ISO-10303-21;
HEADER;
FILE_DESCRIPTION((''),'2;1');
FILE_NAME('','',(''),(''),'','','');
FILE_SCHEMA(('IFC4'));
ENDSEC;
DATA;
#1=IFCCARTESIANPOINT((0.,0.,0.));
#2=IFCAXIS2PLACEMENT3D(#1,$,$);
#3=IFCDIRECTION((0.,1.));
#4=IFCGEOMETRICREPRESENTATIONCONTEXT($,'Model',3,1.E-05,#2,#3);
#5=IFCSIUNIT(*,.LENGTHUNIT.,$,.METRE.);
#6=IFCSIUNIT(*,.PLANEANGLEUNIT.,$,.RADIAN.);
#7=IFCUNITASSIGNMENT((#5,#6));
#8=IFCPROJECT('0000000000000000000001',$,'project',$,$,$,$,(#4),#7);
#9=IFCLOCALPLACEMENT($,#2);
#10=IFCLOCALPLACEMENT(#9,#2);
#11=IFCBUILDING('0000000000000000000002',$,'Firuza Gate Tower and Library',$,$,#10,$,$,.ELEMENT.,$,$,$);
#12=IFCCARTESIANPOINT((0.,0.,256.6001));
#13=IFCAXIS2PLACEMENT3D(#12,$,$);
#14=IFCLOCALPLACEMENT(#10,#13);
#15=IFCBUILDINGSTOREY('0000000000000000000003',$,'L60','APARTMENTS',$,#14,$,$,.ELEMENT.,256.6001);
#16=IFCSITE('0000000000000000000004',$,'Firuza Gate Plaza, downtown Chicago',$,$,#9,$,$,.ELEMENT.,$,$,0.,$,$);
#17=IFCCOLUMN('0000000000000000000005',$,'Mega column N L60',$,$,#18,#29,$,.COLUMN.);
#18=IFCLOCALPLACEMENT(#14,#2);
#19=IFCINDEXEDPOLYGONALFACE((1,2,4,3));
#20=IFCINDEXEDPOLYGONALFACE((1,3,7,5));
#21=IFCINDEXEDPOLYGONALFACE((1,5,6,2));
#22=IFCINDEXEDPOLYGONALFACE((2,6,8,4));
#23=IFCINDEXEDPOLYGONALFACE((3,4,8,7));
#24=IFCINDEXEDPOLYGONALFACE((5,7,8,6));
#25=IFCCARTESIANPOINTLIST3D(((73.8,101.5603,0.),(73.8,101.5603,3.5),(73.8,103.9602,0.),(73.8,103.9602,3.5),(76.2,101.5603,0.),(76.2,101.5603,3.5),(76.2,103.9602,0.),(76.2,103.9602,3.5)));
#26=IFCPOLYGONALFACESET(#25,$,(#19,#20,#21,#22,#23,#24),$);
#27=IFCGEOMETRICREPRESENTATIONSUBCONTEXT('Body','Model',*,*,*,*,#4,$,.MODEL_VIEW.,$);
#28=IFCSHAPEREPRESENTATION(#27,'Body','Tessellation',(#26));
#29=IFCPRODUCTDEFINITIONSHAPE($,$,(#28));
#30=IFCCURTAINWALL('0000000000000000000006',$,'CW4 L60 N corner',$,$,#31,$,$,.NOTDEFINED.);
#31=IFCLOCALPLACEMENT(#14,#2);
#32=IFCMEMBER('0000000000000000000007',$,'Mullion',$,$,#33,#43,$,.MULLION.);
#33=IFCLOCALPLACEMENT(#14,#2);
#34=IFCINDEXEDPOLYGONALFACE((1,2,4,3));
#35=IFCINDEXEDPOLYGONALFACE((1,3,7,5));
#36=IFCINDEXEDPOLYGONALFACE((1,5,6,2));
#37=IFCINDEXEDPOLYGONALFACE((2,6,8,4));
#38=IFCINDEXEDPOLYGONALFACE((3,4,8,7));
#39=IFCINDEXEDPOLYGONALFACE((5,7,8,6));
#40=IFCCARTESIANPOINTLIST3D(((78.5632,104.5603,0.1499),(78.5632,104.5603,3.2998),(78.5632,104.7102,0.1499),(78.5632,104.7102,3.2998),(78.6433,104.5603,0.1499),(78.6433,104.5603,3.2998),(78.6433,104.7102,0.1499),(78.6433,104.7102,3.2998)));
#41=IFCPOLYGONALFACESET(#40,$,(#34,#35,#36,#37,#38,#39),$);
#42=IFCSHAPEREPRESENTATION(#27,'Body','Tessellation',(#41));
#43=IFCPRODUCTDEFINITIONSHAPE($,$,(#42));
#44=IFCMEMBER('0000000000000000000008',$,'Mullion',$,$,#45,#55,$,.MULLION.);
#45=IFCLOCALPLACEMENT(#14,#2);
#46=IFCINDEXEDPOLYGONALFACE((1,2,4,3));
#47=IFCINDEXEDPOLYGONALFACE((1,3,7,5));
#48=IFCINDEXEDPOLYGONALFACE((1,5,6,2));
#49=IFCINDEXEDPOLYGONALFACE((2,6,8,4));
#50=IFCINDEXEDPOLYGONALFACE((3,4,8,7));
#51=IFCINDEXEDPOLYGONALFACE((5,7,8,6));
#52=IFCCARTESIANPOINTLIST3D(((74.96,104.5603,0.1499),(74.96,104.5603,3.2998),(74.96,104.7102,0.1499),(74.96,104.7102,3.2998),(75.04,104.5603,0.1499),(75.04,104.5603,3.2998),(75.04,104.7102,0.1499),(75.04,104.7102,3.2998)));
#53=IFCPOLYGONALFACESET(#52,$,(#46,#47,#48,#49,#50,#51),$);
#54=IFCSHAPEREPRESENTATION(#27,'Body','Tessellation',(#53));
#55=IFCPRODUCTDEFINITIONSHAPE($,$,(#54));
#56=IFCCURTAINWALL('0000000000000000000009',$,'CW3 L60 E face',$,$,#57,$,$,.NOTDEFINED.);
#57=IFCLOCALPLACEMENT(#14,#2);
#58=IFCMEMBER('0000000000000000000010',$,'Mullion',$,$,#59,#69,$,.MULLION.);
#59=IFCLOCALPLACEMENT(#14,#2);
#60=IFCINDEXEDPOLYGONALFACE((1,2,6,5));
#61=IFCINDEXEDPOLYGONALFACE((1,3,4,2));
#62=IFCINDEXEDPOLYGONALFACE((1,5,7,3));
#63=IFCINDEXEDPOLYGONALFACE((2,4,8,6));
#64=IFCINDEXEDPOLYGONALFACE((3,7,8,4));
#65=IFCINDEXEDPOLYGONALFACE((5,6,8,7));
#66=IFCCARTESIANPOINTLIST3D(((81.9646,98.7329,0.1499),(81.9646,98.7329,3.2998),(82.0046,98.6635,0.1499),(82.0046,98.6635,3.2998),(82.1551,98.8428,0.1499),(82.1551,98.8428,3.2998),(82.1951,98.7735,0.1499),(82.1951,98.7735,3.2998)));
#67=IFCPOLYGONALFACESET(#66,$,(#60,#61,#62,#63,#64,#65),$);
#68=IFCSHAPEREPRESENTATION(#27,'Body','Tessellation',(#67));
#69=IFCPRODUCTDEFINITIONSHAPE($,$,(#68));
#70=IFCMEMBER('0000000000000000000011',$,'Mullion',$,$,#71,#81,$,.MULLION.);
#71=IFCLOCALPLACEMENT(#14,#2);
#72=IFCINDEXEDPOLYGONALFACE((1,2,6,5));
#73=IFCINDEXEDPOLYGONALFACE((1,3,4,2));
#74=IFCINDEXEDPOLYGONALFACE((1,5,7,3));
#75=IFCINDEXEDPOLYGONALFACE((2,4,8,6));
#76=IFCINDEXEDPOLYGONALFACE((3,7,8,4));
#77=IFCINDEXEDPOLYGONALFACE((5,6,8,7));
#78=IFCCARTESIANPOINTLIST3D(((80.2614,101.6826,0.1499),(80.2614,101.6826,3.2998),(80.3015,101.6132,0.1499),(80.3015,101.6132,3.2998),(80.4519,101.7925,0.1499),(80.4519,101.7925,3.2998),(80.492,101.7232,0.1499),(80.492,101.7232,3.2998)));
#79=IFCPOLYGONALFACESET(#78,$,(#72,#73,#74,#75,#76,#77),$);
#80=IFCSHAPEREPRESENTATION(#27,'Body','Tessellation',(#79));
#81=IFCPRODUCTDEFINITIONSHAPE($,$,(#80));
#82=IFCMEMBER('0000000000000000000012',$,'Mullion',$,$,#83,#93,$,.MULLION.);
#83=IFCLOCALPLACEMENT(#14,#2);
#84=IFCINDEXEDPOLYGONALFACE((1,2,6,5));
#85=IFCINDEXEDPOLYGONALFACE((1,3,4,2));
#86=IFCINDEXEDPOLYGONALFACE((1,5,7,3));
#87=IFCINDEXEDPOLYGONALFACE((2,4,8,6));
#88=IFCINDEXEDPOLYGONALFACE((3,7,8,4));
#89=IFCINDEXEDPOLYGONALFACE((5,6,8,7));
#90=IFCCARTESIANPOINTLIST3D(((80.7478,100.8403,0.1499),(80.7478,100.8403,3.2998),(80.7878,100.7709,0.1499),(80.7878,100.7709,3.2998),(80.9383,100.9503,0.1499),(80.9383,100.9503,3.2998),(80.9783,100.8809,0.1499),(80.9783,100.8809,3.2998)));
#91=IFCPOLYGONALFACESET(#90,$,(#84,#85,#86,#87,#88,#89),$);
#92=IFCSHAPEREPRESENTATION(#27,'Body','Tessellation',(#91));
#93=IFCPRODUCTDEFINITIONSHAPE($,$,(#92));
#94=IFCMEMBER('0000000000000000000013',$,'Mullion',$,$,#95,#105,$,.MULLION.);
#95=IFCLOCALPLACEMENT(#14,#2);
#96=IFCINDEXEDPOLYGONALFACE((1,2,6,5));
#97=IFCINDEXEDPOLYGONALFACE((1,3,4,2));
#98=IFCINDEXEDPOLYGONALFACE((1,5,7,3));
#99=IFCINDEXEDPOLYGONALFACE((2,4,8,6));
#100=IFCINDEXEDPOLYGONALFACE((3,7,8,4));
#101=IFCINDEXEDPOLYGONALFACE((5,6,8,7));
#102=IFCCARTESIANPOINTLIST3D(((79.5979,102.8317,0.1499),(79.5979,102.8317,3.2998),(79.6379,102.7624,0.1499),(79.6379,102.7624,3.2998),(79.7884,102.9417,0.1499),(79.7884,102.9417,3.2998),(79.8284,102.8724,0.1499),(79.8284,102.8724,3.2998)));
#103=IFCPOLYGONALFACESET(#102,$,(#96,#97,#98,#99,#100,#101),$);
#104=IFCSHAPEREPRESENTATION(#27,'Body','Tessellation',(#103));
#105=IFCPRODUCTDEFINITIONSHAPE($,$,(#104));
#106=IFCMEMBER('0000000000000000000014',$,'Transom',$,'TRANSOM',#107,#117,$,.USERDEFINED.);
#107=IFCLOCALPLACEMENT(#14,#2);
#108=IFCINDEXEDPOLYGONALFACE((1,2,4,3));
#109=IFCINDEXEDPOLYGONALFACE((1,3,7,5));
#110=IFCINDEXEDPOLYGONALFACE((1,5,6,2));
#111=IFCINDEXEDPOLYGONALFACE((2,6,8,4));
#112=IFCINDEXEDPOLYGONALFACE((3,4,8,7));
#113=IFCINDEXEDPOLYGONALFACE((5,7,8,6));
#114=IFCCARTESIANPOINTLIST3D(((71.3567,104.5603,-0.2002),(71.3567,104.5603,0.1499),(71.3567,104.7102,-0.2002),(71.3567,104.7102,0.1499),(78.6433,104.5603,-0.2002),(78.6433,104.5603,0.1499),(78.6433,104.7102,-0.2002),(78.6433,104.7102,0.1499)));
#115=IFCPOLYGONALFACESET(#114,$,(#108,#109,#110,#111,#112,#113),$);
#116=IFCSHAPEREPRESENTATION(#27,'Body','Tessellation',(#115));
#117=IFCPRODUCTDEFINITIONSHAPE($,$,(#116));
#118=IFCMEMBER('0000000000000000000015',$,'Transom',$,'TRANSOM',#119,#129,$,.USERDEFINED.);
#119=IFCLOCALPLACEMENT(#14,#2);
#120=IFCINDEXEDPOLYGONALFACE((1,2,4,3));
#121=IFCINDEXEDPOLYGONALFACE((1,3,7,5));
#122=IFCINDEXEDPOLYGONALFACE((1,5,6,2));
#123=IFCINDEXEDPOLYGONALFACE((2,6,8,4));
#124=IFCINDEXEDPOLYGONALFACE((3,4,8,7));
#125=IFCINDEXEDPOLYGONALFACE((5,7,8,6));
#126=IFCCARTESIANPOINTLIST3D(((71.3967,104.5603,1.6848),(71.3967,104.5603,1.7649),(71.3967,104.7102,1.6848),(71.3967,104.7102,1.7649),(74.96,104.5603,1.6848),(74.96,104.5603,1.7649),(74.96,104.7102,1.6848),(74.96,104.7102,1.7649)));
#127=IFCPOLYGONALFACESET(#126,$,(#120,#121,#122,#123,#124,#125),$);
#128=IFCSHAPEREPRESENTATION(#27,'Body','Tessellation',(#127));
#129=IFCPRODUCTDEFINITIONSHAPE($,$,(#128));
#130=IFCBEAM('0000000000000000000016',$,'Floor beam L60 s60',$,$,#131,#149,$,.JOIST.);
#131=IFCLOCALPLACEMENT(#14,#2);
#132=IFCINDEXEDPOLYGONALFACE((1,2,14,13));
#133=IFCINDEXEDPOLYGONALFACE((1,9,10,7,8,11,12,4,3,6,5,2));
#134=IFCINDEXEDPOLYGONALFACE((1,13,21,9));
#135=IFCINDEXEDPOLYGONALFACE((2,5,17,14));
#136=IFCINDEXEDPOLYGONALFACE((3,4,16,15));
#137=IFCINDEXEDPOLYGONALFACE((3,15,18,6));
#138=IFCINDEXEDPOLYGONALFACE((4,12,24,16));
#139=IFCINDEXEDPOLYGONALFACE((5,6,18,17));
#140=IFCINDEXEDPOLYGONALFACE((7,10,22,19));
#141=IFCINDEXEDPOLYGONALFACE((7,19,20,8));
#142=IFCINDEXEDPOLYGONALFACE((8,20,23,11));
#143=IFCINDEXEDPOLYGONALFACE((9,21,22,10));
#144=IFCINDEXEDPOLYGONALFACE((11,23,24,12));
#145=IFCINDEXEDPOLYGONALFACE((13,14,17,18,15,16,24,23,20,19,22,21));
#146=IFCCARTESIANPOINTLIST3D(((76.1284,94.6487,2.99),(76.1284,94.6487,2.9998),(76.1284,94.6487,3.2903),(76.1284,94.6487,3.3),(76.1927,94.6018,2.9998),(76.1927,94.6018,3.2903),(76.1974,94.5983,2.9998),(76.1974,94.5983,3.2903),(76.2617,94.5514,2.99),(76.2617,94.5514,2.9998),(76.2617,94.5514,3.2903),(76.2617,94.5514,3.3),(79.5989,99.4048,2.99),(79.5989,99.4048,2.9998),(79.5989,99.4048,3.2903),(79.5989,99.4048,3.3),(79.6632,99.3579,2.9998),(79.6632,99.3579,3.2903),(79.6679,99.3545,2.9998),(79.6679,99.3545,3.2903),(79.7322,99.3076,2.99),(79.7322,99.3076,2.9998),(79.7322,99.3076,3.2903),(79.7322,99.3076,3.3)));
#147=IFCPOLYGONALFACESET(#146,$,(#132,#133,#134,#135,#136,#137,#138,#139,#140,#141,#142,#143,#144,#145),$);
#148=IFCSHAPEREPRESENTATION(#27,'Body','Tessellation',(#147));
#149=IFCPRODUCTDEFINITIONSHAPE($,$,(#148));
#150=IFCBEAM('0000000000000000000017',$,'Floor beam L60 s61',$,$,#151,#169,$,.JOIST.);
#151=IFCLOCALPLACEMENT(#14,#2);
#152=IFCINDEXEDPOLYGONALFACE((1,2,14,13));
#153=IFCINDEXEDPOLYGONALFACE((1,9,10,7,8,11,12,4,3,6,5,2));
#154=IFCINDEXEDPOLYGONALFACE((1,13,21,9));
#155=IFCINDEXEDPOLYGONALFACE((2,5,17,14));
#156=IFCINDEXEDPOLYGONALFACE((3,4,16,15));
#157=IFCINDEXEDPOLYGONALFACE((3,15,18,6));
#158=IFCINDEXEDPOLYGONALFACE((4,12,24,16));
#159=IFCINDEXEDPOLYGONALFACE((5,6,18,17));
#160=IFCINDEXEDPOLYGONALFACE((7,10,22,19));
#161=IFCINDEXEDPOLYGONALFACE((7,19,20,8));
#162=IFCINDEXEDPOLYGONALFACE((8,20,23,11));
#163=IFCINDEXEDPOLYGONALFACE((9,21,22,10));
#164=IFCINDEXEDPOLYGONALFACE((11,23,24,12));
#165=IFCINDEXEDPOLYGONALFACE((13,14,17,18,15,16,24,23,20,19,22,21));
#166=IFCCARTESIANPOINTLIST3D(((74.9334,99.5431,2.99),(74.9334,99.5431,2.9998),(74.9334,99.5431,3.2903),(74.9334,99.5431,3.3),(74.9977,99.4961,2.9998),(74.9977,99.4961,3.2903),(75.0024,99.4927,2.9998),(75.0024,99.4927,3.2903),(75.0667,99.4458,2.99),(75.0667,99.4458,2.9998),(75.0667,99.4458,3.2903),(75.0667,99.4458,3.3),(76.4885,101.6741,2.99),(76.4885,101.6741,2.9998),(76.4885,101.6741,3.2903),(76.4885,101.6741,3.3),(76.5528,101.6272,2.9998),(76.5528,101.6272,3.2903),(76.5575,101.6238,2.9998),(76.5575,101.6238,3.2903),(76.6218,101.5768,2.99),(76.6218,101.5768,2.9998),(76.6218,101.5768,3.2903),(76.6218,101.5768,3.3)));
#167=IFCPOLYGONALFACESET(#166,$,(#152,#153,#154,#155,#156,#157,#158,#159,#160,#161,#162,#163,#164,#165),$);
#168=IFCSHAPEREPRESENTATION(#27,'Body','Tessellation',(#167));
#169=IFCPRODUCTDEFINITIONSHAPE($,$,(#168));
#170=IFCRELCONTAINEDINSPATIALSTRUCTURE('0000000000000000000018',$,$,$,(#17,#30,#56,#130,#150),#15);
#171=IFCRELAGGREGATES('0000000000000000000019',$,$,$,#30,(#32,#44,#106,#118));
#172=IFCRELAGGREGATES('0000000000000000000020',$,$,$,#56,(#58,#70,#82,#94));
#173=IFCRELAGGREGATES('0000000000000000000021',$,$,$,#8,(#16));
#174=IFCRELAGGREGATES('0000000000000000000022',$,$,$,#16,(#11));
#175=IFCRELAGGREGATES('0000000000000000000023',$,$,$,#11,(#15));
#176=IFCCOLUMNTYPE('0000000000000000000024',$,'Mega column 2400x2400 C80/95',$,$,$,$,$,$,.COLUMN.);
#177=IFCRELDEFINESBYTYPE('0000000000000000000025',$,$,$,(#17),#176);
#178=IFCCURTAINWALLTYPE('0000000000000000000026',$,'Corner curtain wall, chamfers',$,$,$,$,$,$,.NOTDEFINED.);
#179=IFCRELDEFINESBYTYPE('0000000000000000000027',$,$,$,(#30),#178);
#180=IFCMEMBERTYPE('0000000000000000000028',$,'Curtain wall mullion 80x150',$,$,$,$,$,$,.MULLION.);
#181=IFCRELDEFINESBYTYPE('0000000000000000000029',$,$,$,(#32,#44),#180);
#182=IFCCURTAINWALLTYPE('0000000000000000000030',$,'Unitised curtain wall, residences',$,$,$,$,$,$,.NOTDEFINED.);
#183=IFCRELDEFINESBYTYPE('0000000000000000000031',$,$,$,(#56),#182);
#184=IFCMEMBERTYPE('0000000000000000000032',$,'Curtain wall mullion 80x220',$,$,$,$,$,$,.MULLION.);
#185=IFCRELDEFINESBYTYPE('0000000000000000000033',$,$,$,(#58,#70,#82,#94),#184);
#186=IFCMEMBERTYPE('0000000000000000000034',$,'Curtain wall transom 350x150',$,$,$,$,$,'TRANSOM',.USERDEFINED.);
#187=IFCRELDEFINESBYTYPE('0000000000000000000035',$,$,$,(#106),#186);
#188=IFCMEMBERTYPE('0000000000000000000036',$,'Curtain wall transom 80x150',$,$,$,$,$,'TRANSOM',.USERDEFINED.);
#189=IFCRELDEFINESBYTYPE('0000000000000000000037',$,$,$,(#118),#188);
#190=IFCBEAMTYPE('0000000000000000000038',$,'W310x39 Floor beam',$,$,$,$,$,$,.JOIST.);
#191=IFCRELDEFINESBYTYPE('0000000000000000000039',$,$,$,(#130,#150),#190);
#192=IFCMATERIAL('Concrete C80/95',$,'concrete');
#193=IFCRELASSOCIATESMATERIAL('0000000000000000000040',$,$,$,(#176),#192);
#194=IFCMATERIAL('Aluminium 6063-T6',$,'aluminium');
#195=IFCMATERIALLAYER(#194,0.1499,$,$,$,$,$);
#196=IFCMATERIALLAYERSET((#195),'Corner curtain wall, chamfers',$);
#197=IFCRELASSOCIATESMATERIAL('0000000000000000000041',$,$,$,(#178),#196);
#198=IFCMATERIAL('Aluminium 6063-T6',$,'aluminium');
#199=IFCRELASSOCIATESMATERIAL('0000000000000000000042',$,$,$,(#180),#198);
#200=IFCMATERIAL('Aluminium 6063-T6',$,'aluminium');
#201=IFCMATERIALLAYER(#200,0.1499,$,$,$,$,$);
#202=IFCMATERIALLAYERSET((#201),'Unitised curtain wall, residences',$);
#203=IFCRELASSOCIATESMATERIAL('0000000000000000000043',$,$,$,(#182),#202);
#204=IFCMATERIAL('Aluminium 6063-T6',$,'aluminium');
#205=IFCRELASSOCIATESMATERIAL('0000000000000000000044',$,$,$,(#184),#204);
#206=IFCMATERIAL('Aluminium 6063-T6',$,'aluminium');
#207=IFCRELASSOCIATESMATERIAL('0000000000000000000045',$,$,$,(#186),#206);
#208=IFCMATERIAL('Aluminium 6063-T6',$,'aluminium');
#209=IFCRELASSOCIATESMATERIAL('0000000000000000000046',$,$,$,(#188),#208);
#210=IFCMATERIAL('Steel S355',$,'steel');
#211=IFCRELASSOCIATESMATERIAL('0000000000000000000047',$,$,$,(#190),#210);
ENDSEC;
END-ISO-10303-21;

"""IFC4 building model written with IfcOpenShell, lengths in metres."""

from ifc_helpers import new_model, si_unit, direction, frame, origin, origin_2d, place, context, subcontext, project, spatial, rectangle, i_section, extrude, material, layer, layer_set, material_profile, profile_set, type_object, element, aggregate, save


model = new_model("IFC4")

# Units and contexts
model_context = context("Model", 3, precision=1e-05, world=origin(), true_north=direction((0.0, 1.0)))
body_context = subcontext(model_context, "Body", "Model", "MODEL_VIEW")
ifc_project = project(units=[si_unit("LENGTHUNIT", "METRE"), si_unit("PLANEANGLEUNIT", "RADIAN")], contexts=[model_context])

# Site, building, storey
site_placement = place(None, origin())
site = spatial("IfcSite", under=ifc_project, at=site_placement, Name="Firuza Gate Plaza, downtown Chicago", CompositionType="ELEMENT", RefElevation=0.0)
building_placement = place(site_placement, origin())
building = spatial("IfcBuilding", under=site, at=building_placement, Name="Firuza Gate Tower and Library", CompositionType="ELEMENT")
storey_placement = place(building_placement, frame((0.0, 0.0, 256.6001)))
storey = spatial("IfcBuildingStorey", under=building, at=storey_placement, Name="L60", Description="APARTMENTS", CompositionType="ELEMENT", Elevation=256.6001)

# Column
ifc_material_1 = material(Name="Concrete C80/95", Category="concrete")
ifc_material_profile_1 = material_profile(ifc_material_1, rectangle(XDim=2.3999, YDim=2.3999, at=origin_2d()))
ifc_profile_set_1 = profile_set([ifc_material_profile_1], Name="Concrete C80/95")
column_type = type_object("IfcColumnType", Name="Mega column 2400x2400 C80/95", PredefinedType="COLUMN", material=ifc_profile_set_1)
column_placement = place(storey_placement, frame((75.0, 102.7603, 0.0), z_axis=(0.0, 0.0, 1.0), x_axis=(-1.0, 0.0, 0.0)))
element("IfcColumn", 1, at=column_placement, inside=storey, type_object=column_type, Name="Mega column N L60", PredefinedType="COLUMN", context=body_context, shape_type="SweptSolid", body=[
    extrude(rectangle(XDim=2.3999, YDim=2.3999, at=origin_2d()), origin(), (0.0, 0.0, 1.0), 3.5),
])

# Curtain walls, members
ifc_material_2 = material(Name="Aluminium 6063-T6", Category="aluminium")
ifc_layer_1 = layer(ifc_material_2, 0.1499)
ifc_layer_set_1 = layer_set([ifc_layer_1], Name="Corner curtain wall, chamfers")
curtain_wall_type_1 = type_object("IfcCurtainWallType", Name="Corner curtain wall, chamfers", PredefinedType="NOTDEFINED", material=ifc_layer_set_1)
placement = place(storey_placement, origin())
curtain_wall_1 = element("IfcCurtainWall", 2, at=placement, inside=storey, type_object=curtain_wall_type_1, Name="CW4 L60 N corner", PredefinedType="NOTDEFINED")
ifc_material_3 = material(Name="Aluminium 6063-T6", Category="aluminium")
ifc_material_profile_2 = material_profile(ifc_material_3, rectangle(XDim=0.1499, YDim=0.0801, at=origin_2d()))
ifc_profile_set_2 = profile_set([ifc_material_profile_2], Name="Aluminium 6063-T6")
member_type_1 = type_object("IfcMemberType", Name="Curtain wall mullion 80x150", PredefinedType="MULLION", material=ifc_profile_set_2)
member_1_placement = place(storey_placement, frame((78.6033, 104.6353, 0.1499), z_axis=(0.0, 0.0, 1.0), x_axis=(0.0, -1.0, 0.0)))
member_1 = element("IfcMember", 3, at=member_1_placement, type_object=member_type_1, Name="Mullion", PredefinedType="MULLION", context=body_context, shape_type="SweptSolid", body=[
    extrude(rectangle(XDim=0.1499, YDim=0.0801, at=origin_2d()), origin(), (0.0, 0.0, 1.0), 3.1499),
])
member_2_placement = place(storey_placement, frame((75.0, 104.6353, 0.1499), z_axis=(0.0, 0.0, 1.0), x_axis=(0.0, -1.0, 0.0)))
member_2 = element("IfcMember", 4, at=member_2_placement, type_object=member_type_1, Name="Mullion", PredefinedType="MULLION", context=body_context, shape_type="SweptSolid", body=[
    extrude(rectangle(XDim=0.1499, YDim=0.0801, at=origin_2d()), origin(), (0.0, 0.0, 1.0), 3.1499),
])
ifc_material_4 = material(Name="Aluminium 6063-T6", Category="aluminium")
ifc_layer_2 = layer(ifc_material_4, 0.1499)
ifc_layer_set_2 = layer_set([ifc_layer_2], Name="Unitised curtain wall, residences")
curtain_wall_type_2 = type_object("IfcCurtainWallType", Name="Unitised curtain wall, residences", PredefinedType="NOTDEFINED", material=ifc_layer_set_2)
curtain_wall_2 = element("IfcCurtainWall", 5, at=placement, inside=storey, type_object=curtain_wall_type_2, Name="CW3 L60 E face", PredefinedType="NOTDEFINED")
ifc_material_5 = material(Name="Aluminium 6063-T6", Category="aluminium")
ifc_material_profile_3 = material_profile(ifc_material_5, rectangle(XDim=0.22, YDim=0.0801, at=origin_2d()))
ifc_profile_set_3 = profile_set([ifc_material_profile_3], Name="Aluminium 6063-T6")
member_type_2 = type_object("IfcMemberType", Name="Curtain wall mullion 80x220", PredefinedType="MULLION", material=ifc_profile_set_3)
member_3_placement = place(storey_placement, frame((82.0798, 98.7532, 0.1499), z_axis=(0.0, 0.0, 1.0), x_axis=(-0.866025, -0.5, 0.0)))
member_3 = element("IfcMember", 6, at=member_3_placement, type_object=member_type_2, Name="Mullion", PredefinedType="MULLION", context=body_context, shape_type="SweptSolid", body=[
    extrude(rectangle(XDim=0.22, YDim=0.0801, at=origin_2d()), origin(), (0.0, 0.0, 1.0), 3.1499),
])
member_4_placement = place(storey_placement, frame((80.3767, 101.7029, 0.1499), z_axis=(0.0, 0.0, 1.0), x_axis=(-0.866025, -0.5, 0.0)))
member_4 = element("IfcMember", 7, at=member_4_placement, type_object=member_type_2, Name="Mullion", PredefinedType="MULLION", context=body_context, shape_type="SweptSolid", body=[
    extrude(rectangle(XDim=0.22, YDim=0.0801, at=origin_2d()), origin(), (0.0, 0.0, 1.0), 3.1499),
])
member_5_placement = place(storey_placement, frame((80.863, 100.8606, 0.1499), z_axis=(0.0, 0.0, 1.0), x_axis=(-0.866025, -0.5, 0.0)))
member_5 = element("IfcMember", 8, at=member_5_placement, type_object=member_type_2, Name="Mullion", PredefinedType="MULLION", context=body_context, shape_type="SweptSolid", body=[
    extrude(rectangle(XDim=0.22, YDim=0.0801, at=origin_2d()), origin(), (0.0, 0.0, 1.0), 3.1499),
])
member_6_placement = place(storey_placement, frame((79.7131, 102.8521, 0.1499), z_axis=(0.0, 0.0, 1.0), x_axis=(-0.866025, -0.5, 0.0)))
member_6 = element("IfcMember", 9, at=member_6_placement, type_object=member_type_2, Name="Mullion", PredefinedType="MULLION", context=body_context, shape_type="SweptSolid", body=[
    extrude(rectangle(XDim=0.22, YDim=0.0801, at=origin_2d()), origin(), (0.0, 0.0, 1.0), 3.1499),
])

# Members
ifc_material_6 = material(Name="Aluminium 6063-T6", Category="aluminium")
ifc_material_profile_4 = material_profile(ifc_material_6, rectangle(XDim=0.1499, YDim=0.3501, at=origin_2d()))
ifc_profile_set_4 = profile_set([ifc_material_profile_4], Name="Aluminium 6063-T6")
member_type_3 = type_object("IfcMemberType", Name="Curtain wall transom 350x150", ElementType="TRANSOM", PredefinedType="USERDEFINED", material=ifc_profile_set_4)
member_7_placement = place(storey_placement, frame((78.6433, 104.6353, -0.0251), z_axis=(-1.0, 0.0, 0.0), x_axis=(0.0, -1.0, 0.0)))
member_7 = element("IfcMember", 10, at=member_7_placement, type_object=member_type_3, Name="Transom", ObjectType="TRANSOM", PredefinedType="USERDEFINED", context=body_context, shape_type="SweptSolid", body=[
    extrude(rectangle(XDim=0.1499, YDim=0.3501, at=origin_2d()), origin(), (0.0, 0.0, 1.0), 7.2866),
])
ifc_material_7 = material(Name="Aluminium 6063-T6", Category="aluminium")
ifc_material_profile_5 = material_profile(ifc_material_7, rectangle(XDim=0.1499, YDim=0.0801, at=origin_2d()))
ifc_profile_set_5 = profile_set([ifc_material_profile_5], Name="Aluminium 6063-T6")
member_type_4 = type_object("IfcMemberType", Name="Curtain wall transom 80x150", ElementType="TRANSOM", PredefinedType="USERDEFINED", material=ifc_profile_set_5)
member_8_placement = place(storey_placement, frame((74.96, 104.6353, 1.7249), z_axis=(-1.0, 0.0, 0.0), x_axis=(0.0, -1.0, 0.0)))
member_8 = element("IfcMember", 11, at=member_8_placement, type_object=member_type_4, Name="Transom", ObjectType="TRANSOM", PredefinedType="USERDEFINED", context=body_context, shape_type="SweptSolid", body=[
    extrude(rectangle(XDim=0.1499, YDim=0.0801, at=origin_2d()), origin(), (0.0, 0.0, 1.0), 3.5632),
])

# Beams
ifc_material_8 = material(Name="Steel S355", Category="steel")
ifc_material_profile_6 = material_profile(ifc_material_8, i_section(OverallWidth=0.165, OverallDepth=0.3101, WebThickness=0.0059, FlangeThickness=0.0098, at=origin_2d()))
ifc_profile_set_6 = profile_set([ifc_material_profile_6], Name="Steel S355")
beam_type_1 = type_object("IfcBeamType", Name="W310x39 Floor beam", PredefinedType="JOIST", material=ifc_profile_set_6)
beam_1_placement = place(storey_placement, frame((79.6655, 99.3562, 3.145), z_axis=(-0.589446, -0.807808, 0.0), x_axis=(0.807808, -0.589446, 0.0)))
element("IfcBeam", 12, at=beam_1_placement, inside=storey, type_object=beam_type_1, Name="Floor beam L60 s60", PredefinedType="JOIST", context=body_context, shape_type="SweptSolid", body=[
    extrude(i_section(OverallWidth=0.165, OverallDepth=0.3101, WebThickness=0.0059, FlangeThickness=0.0098, at=origin_2d()), origin(), (0.0, 0.0, 1.0), 5.8877),
])
beam_2_placement = place(storey_placement, frame((76.5552, 101.6255, 3.145), z_axis=(-0.58948, -0.807783, 0.0), x_axis=(0.807783, -0.58948, 0.0)))
element("IfcBeam", 13, at=beam_2_placement, inside=storey, type_object=beam_type_1, Name="Floor beam L60 s61", PredefinedType="JOIST", context=body_context, shape_type="SweptSolid", body=[
    extrude(i_section(OverallWidth=0.165, OverallDepth=0.3101, WebThickness=0.0059, FlangeThickness=0.0098, at=origin_2d()), origin(), (0.0, 0.0, 1.0), 2.6382),
])

aggregate(curtain_wall_1, [member_1, member_2, member_7, member_8])
aggregate(curtain_wall_2, [member_3, member_4, member_5, member_6])

save(model, "model.ifc")
